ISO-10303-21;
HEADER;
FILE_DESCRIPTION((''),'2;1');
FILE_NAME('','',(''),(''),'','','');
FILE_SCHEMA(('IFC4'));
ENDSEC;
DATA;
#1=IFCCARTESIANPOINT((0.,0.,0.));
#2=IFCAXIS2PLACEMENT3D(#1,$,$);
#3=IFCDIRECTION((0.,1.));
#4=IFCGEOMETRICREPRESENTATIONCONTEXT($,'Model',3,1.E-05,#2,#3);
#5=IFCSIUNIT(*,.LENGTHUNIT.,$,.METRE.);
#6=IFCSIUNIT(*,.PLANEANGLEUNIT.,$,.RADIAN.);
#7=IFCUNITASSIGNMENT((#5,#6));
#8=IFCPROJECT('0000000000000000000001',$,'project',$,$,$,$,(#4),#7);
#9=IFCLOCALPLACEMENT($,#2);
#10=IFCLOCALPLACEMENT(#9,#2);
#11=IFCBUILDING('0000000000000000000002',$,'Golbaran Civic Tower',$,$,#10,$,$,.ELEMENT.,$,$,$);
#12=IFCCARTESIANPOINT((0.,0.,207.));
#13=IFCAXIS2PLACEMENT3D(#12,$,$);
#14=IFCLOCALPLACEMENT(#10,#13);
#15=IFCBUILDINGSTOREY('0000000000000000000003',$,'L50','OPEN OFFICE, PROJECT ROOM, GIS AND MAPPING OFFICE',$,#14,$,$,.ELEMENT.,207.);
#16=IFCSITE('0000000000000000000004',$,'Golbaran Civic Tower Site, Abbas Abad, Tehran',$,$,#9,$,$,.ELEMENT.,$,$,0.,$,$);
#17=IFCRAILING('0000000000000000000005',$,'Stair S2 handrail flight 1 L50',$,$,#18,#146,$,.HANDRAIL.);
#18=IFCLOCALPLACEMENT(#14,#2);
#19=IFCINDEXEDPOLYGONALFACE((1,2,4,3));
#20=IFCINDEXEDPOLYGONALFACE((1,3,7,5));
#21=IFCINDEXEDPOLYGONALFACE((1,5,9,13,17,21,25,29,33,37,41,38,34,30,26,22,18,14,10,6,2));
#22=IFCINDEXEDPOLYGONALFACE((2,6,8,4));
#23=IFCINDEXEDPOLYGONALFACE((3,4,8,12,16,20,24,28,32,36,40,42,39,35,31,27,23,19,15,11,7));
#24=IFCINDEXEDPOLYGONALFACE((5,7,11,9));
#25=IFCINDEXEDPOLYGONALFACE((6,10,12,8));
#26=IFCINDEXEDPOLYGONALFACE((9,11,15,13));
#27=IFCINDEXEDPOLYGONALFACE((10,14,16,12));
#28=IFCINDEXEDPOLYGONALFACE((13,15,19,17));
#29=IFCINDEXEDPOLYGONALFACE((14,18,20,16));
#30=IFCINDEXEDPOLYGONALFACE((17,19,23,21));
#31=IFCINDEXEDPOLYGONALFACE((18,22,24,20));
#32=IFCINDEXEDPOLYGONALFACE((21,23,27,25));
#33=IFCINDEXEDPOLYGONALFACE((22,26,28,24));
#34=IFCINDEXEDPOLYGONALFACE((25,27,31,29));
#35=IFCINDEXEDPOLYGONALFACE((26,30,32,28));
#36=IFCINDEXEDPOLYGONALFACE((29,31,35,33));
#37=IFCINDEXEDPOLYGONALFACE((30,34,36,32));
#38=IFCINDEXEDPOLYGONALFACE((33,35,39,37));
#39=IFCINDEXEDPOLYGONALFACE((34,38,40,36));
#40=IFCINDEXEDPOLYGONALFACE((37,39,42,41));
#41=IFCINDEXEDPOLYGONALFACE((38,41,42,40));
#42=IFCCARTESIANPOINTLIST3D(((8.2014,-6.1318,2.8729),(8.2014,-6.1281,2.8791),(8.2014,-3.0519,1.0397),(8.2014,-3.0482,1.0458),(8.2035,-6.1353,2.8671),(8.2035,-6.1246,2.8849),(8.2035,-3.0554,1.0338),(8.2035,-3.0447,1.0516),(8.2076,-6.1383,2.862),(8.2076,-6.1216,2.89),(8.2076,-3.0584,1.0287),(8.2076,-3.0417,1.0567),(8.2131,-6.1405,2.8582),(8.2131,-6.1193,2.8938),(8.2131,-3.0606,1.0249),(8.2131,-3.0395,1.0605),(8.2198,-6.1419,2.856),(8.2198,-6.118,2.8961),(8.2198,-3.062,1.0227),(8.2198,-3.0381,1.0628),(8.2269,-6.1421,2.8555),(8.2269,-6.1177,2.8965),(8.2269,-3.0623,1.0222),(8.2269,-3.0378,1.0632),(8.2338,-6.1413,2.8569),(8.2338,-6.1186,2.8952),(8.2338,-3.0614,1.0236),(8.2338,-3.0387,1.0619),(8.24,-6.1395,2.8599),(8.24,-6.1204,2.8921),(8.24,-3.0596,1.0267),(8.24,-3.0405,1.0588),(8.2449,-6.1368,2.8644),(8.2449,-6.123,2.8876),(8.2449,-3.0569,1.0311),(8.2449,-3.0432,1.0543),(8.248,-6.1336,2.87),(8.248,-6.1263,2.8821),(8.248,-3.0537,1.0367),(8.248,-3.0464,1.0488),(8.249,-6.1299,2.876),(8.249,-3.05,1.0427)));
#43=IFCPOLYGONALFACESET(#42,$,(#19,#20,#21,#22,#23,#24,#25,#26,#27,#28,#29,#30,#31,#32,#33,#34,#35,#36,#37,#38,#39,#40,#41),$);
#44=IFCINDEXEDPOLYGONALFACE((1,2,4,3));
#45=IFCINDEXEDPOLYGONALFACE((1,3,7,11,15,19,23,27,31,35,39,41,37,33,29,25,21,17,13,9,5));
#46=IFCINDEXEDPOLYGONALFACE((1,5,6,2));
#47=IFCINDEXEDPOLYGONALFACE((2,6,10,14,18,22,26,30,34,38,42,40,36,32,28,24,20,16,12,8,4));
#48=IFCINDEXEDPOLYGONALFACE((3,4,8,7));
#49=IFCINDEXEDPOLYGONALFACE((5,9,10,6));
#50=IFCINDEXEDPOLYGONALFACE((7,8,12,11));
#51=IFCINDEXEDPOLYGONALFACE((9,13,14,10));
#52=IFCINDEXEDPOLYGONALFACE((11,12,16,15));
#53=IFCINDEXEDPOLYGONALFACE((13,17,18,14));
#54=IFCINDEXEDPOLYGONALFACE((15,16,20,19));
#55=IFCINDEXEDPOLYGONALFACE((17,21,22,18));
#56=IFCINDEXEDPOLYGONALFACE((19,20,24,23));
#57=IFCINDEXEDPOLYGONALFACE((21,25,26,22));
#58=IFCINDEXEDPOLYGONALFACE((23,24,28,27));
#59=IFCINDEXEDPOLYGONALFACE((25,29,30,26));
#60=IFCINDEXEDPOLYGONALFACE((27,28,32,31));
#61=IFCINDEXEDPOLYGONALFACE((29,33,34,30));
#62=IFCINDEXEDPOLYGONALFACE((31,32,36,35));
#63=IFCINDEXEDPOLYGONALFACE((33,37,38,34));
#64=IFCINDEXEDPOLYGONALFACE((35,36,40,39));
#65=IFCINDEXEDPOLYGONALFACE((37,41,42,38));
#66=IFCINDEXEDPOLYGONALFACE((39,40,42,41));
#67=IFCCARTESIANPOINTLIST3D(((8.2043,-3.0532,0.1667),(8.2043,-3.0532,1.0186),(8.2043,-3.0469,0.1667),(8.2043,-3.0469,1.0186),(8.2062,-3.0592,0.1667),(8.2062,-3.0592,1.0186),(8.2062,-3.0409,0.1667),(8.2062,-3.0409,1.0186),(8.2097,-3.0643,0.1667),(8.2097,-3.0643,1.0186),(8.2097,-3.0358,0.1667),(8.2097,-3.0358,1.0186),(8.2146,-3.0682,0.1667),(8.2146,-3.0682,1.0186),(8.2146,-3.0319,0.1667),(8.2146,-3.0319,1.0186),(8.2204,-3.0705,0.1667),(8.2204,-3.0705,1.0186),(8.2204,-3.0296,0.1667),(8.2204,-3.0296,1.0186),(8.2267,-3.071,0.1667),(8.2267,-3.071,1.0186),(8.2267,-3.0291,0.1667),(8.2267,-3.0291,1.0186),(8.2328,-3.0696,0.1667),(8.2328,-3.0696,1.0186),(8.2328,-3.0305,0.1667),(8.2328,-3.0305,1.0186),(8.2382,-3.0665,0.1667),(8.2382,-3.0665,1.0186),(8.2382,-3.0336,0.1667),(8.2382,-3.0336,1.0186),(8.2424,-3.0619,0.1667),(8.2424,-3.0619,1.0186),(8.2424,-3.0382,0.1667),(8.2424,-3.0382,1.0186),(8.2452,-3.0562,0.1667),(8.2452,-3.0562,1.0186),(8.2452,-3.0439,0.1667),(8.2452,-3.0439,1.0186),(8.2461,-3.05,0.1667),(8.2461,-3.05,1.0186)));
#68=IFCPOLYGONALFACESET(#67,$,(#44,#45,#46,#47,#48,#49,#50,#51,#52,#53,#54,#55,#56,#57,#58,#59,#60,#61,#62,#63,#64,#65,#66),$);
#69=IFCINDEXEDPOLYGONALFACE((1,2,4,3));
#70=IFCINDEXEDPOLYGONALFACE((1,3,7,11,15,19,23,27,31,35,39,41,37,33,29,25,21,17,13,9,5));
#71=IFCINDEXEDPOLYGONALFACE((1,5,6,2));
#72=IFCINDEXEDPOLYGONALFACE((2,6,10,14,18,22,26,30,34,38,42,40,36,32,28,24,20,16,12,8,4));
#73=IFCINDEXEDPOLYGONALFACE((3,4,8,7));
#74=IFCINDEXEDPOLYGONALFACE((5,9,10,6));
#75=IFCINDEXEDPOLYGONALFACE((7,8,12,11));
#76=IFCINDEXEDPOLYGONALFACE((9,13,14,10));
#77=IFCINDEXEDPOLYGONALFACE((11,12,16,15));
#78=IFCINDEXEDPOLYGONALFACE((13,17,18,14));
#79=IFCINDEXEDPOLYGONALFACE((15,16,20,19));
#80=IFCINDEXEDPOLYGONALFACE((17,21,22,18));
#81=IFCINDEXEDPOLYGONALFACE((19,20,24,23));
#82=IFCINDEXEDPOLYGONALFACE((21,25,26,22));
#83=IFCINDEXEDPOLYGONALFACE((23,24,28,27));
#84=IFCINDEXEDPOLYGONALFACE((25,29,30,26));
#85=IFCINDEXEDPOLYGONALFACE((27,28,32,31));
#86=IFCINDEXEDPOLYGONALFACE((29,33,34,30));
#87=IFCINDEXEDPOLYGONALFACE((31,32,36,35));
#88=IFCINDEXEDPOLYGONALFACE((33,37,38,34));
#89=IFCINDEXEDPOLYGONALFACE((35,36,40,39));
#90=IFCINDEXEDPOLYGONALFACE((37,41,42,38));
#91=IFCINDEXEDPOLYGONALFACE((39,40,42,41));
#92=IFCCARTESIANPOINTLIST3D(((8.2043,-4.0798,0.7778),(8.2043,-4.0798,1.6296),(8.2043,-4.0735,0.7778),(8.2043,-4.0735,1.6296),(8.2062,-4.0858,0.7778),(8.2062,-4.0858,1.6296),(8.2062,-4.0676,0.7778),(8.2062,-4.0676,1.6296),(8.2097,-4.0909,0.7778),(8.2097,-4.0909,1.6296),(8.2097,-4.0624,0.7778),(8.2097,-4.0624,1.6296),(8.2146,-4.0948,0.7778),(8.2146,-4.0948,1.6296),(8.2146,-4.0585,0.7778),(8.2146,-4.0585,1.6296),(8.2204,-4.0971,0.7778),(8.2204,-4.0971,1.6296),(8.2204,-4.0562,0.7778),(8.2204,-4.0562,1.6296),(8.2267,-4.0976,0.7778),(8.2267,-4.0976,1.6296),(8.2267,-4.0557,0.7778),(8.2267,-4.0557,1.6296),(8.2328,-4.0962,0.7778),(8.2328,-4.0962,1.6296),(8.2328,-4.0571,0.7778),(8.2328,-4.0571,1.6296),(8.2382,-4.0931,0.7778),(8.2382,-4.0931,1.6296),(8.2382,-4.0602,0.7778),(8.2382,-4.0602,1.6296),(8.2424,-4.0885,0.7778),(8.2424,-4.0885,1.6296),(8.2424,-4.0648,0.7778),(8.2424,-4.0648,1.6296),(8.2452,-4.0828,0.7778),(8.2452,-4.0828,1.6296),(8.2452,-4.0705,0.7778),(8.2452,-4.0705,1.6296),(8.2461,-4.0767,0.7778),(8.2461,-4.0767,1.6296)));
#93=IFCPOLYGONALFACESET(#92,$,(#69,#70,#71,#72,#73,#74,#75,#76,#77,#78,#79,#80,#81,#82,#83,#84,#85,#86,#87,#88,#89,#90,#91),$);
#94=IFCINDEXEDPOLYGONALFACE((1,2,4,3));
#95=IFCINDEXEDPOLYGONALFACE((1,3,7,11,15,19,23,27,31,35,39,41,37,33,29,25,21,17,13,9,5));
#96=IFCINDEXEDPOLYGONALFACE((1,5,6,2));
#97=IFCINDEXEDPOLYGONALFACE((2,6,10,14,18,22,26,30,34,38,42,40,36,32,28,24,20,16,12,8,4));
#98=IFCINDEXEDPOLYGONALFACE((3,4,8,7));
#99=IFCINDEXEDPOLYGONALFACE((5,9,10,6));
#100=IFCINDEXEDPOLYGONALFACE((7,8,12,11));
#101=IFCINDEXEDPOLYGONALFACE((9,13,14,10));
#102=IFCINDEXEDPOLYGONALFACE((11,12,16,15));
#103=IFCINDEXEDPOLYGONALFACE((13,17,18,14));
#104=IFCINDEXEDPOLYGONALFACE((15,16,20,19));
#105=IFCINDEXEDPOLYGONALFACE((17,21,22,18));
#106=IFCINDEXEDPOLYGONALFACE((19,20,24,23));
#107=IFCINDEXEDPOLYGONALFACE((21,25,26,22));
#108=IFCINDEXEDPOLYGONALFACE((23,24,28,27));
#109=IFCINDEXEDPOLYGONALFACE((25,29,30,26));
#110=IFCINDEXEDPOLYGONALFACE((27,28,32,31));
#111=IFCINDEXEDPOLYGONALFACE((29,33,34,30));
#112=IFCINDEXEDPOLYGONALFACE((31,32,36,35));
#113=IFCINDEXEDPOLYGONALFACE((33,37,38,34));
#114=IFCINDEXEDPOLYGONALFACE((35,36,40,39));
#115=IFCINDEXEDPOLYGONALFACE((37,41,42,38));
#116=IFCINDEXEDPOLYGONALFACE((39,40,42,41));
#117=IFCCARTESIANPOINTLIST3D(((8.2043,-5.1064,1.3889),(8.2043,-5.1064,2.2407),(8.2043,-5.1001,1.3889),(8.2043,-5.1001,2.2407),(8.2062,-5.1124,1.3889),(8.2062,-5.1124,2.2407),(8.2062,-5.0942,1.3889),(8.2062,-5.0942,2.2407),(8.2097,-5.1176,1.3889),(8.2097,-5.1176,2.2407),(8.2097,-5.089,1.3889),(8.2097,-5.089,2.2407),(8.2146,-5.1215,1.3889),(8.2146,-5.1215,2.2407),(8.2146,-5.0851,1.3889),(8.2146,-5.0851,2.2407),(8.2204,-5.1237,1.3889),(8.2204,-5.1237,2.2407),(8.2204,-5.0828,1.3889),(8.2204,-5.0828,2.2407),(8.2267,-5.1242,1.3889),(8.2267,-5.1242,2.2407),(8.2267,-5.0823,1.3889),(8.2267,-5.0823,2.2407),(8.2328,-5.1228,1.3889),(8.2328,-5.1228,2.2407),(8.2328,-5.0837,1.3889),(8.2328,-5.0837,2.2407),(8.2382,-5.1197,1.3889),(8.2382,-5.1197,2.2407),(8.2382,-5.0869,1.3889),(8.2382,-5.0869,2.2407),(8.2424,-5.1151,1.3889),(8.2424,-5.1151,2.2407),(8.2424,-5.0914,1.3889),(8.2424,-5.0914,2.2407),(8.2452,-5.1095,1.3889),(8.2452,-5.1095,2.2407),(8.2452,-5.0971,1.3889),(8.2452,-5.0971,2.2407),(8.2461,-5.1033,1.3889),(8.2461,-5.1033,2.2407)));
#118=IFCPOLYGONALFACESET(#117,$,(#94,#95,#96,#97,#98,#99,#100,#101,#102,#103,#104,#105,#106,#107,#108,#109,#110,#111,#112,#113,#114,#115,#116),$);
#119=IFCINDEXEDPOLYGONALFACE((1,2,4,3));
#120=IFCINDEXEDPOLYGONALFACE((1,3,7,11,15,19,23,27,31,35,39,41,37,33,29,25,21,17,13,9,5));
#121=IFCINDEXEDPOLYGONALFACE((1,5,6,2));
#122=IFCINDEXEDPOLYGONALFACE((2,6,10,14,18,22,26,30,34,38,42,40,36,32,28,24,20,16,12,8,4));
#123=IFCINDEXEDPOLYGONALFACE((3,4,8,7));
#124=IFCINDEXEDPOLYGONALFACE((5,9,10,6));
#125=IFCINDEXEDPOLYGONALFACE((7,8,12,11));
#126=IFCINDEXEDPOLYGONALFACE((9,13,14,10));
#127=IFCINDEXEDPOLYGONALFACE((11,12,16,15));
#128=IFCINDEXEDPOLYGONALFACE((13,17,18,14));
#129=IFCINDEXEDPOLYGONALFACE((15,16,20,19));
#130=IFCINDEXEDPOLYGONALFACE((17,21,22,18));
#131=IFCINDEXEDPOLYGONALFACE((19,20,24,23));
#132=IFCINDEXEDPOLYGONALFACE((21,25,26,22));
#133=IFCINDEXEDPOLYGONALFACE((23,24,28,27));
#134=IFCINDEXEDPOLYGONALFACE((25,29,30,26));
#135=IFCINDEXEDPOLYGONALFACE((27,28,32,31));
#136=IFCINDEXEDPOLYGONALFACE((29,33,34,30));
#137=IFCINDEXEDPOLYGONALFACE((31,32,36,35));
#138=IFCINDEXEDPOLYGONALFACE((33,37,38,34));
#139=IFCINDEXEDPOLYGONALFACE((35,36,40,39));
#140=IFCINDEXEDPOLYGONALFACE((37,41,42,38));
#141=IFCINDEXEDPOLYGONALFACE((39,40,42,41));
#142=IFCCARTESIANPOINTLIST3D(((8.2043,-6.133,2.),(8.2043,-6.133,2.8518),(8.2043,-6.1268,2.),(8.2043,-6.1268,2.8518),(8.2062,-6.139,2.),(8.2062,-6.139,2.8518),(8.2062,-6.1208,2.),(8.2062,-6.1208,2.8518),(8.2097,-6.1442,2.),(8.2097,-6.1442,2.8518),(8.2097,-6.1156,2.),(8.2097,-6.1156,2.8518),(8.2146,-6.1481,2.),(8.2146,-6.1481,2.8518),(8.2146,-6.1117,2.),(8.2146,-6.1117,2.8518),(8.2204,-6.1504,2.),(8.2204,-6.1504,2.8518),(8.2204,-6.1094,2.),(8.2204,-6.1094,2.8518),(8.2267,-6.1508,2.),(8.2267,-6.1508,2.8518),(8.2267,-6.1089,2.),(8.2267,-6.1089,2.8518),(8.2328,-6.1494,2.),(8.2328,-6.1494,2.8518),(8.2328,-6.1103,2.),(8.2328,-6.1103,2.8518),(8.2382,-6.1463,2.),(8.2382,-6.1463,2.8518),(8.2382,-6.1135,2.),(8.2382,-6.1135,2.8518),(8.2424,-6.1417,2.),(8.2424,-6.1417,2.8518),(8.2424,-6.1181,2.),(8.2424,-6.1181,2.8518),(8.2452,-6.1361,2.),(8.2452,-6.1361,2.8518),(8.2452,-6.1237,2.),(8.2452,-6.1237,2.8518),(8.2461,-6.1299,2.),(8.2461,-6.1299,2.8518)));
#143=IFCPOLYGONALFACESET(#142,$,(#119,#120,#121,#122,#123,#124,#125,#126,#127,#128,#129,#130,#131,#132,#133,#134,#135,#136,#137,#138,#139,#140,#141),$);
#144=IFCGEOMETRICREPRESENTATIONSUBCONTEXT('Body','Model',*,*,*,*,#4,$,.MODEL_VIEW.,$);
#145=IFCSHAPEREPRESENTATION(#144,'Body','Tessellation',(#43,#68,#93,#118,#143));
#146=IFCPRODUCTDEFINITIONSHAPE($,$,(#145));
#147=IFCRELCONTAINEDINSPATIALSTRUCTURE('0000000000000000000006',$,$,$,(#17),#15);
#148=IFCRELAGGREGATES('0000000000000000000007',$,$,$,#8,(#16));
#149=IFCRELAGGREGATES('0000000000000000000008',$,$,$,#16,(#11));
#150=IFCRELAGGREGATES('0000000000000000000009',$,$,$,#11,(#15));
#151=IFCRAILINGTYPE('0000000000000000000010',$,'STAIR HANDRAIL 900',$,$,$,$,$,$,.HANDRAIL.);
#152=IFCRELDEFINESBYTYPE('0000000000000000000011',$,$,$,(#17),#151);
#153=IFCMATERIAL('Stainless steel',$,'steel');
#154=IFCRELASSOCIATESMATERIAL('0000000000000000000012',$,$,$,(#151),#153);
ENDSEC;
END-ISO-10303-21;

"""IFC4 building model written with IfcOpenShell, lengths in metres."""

from ifc_helpers import new_model, si_unit, direction, frame, origin, origin_2d, place, context, subcontext, project, spatial, circle, extrude, material, type_object, element, save


model = new_model("IFC4")

# Units and contexts
model_context = context("Model", 3, precision=1e-05, world=origin(), true_north=direction((0.0, 1.0)))
body_context = subcontext(model_context, "Body", "Model", "MODEL_VIEW")
ifc_project = project(units=[si_unit("LENGTHUNIT", "METRE"), si_unit("PLANEANGLEUNIT", "RADIAN")], contexts=[model_context])

# Site, building, storey
site_placement = place(None, origin())
site = spatial("IfcSite", under=ifc_project, at=site_placement, Name="Golbaran Civic Tower Site, Abbas Abad, Tehran", CompositionType="ELEMENT", RefElevation=0.0)
building_placement = place(site_placement, origin())
building = spatial("IfcBuilding", under=site, at=building_placement, Name="Golbaran Civic Tower", CompositionType="ELEMENT")
storey_placement = place(building_placement, frame((0.0, 0.0, 207.0)))
storey = spatial("IfcBuildingStorey", under=building, at=storey_placement, Name="L50", Description="OPEN OFFICE, PROJECT ROOM, GIS AND MAPPING OFFICE", CompositionType="ELEMENT", Elevation=207.0)

# Railing
ifc_material_1 = material(Name="Stainless steel", Category="steel")
railing_type = type_object("IfcRailingType", Name="STAIR HANDRAIL 900", PredefinedType="HANDRAIL", material=ifc_material_1)
railing_1_placement = place(storey_placement, frame((8.2251, -3.05, 0.1667)))
element("IfcRailing", 1, at=railing_1_placement, inside=storey, type_object=railing_type, Name="Stair S2 handrail flight 1 L50", PredefinedType="HANDRAIL", context=body_context, shape_type="SweptSolid", body=[
    extrude(circle(Radius=0.0239, at=origin_2d()), frame((0.0, 0.0, 0.876), z_axis=(0.0, -0.859291, 0.511487), x_axis=(1.0, 0.0, 0.0)), (0.0, 0.0, 1.0), 3.5842),
    extrude(circle(Radius=0.021, at=origin_2d()), origin(), (0.0, 0.0, 1.0), 0.8518),
    extrude(circle(Radius=0.021, at=origin_2d()), frame((0.0, -1.0266, 0.6111)), (0.0, 0.0, 1.0), 0.8518),
    extrude(circle(Radius=0.021, at=origin_2d()), frame((0.0, -2.0532, 1.2222)), (0.0, 0.0, 1.0), 0.8518),
    extrude(circle(Radius=0.021, at=origin_2d()), frame((0.0, -3.0798, 1.8333)), (0.0, 0.0, 1.0), 0.8518),
])

save(model, "model.ifc")
